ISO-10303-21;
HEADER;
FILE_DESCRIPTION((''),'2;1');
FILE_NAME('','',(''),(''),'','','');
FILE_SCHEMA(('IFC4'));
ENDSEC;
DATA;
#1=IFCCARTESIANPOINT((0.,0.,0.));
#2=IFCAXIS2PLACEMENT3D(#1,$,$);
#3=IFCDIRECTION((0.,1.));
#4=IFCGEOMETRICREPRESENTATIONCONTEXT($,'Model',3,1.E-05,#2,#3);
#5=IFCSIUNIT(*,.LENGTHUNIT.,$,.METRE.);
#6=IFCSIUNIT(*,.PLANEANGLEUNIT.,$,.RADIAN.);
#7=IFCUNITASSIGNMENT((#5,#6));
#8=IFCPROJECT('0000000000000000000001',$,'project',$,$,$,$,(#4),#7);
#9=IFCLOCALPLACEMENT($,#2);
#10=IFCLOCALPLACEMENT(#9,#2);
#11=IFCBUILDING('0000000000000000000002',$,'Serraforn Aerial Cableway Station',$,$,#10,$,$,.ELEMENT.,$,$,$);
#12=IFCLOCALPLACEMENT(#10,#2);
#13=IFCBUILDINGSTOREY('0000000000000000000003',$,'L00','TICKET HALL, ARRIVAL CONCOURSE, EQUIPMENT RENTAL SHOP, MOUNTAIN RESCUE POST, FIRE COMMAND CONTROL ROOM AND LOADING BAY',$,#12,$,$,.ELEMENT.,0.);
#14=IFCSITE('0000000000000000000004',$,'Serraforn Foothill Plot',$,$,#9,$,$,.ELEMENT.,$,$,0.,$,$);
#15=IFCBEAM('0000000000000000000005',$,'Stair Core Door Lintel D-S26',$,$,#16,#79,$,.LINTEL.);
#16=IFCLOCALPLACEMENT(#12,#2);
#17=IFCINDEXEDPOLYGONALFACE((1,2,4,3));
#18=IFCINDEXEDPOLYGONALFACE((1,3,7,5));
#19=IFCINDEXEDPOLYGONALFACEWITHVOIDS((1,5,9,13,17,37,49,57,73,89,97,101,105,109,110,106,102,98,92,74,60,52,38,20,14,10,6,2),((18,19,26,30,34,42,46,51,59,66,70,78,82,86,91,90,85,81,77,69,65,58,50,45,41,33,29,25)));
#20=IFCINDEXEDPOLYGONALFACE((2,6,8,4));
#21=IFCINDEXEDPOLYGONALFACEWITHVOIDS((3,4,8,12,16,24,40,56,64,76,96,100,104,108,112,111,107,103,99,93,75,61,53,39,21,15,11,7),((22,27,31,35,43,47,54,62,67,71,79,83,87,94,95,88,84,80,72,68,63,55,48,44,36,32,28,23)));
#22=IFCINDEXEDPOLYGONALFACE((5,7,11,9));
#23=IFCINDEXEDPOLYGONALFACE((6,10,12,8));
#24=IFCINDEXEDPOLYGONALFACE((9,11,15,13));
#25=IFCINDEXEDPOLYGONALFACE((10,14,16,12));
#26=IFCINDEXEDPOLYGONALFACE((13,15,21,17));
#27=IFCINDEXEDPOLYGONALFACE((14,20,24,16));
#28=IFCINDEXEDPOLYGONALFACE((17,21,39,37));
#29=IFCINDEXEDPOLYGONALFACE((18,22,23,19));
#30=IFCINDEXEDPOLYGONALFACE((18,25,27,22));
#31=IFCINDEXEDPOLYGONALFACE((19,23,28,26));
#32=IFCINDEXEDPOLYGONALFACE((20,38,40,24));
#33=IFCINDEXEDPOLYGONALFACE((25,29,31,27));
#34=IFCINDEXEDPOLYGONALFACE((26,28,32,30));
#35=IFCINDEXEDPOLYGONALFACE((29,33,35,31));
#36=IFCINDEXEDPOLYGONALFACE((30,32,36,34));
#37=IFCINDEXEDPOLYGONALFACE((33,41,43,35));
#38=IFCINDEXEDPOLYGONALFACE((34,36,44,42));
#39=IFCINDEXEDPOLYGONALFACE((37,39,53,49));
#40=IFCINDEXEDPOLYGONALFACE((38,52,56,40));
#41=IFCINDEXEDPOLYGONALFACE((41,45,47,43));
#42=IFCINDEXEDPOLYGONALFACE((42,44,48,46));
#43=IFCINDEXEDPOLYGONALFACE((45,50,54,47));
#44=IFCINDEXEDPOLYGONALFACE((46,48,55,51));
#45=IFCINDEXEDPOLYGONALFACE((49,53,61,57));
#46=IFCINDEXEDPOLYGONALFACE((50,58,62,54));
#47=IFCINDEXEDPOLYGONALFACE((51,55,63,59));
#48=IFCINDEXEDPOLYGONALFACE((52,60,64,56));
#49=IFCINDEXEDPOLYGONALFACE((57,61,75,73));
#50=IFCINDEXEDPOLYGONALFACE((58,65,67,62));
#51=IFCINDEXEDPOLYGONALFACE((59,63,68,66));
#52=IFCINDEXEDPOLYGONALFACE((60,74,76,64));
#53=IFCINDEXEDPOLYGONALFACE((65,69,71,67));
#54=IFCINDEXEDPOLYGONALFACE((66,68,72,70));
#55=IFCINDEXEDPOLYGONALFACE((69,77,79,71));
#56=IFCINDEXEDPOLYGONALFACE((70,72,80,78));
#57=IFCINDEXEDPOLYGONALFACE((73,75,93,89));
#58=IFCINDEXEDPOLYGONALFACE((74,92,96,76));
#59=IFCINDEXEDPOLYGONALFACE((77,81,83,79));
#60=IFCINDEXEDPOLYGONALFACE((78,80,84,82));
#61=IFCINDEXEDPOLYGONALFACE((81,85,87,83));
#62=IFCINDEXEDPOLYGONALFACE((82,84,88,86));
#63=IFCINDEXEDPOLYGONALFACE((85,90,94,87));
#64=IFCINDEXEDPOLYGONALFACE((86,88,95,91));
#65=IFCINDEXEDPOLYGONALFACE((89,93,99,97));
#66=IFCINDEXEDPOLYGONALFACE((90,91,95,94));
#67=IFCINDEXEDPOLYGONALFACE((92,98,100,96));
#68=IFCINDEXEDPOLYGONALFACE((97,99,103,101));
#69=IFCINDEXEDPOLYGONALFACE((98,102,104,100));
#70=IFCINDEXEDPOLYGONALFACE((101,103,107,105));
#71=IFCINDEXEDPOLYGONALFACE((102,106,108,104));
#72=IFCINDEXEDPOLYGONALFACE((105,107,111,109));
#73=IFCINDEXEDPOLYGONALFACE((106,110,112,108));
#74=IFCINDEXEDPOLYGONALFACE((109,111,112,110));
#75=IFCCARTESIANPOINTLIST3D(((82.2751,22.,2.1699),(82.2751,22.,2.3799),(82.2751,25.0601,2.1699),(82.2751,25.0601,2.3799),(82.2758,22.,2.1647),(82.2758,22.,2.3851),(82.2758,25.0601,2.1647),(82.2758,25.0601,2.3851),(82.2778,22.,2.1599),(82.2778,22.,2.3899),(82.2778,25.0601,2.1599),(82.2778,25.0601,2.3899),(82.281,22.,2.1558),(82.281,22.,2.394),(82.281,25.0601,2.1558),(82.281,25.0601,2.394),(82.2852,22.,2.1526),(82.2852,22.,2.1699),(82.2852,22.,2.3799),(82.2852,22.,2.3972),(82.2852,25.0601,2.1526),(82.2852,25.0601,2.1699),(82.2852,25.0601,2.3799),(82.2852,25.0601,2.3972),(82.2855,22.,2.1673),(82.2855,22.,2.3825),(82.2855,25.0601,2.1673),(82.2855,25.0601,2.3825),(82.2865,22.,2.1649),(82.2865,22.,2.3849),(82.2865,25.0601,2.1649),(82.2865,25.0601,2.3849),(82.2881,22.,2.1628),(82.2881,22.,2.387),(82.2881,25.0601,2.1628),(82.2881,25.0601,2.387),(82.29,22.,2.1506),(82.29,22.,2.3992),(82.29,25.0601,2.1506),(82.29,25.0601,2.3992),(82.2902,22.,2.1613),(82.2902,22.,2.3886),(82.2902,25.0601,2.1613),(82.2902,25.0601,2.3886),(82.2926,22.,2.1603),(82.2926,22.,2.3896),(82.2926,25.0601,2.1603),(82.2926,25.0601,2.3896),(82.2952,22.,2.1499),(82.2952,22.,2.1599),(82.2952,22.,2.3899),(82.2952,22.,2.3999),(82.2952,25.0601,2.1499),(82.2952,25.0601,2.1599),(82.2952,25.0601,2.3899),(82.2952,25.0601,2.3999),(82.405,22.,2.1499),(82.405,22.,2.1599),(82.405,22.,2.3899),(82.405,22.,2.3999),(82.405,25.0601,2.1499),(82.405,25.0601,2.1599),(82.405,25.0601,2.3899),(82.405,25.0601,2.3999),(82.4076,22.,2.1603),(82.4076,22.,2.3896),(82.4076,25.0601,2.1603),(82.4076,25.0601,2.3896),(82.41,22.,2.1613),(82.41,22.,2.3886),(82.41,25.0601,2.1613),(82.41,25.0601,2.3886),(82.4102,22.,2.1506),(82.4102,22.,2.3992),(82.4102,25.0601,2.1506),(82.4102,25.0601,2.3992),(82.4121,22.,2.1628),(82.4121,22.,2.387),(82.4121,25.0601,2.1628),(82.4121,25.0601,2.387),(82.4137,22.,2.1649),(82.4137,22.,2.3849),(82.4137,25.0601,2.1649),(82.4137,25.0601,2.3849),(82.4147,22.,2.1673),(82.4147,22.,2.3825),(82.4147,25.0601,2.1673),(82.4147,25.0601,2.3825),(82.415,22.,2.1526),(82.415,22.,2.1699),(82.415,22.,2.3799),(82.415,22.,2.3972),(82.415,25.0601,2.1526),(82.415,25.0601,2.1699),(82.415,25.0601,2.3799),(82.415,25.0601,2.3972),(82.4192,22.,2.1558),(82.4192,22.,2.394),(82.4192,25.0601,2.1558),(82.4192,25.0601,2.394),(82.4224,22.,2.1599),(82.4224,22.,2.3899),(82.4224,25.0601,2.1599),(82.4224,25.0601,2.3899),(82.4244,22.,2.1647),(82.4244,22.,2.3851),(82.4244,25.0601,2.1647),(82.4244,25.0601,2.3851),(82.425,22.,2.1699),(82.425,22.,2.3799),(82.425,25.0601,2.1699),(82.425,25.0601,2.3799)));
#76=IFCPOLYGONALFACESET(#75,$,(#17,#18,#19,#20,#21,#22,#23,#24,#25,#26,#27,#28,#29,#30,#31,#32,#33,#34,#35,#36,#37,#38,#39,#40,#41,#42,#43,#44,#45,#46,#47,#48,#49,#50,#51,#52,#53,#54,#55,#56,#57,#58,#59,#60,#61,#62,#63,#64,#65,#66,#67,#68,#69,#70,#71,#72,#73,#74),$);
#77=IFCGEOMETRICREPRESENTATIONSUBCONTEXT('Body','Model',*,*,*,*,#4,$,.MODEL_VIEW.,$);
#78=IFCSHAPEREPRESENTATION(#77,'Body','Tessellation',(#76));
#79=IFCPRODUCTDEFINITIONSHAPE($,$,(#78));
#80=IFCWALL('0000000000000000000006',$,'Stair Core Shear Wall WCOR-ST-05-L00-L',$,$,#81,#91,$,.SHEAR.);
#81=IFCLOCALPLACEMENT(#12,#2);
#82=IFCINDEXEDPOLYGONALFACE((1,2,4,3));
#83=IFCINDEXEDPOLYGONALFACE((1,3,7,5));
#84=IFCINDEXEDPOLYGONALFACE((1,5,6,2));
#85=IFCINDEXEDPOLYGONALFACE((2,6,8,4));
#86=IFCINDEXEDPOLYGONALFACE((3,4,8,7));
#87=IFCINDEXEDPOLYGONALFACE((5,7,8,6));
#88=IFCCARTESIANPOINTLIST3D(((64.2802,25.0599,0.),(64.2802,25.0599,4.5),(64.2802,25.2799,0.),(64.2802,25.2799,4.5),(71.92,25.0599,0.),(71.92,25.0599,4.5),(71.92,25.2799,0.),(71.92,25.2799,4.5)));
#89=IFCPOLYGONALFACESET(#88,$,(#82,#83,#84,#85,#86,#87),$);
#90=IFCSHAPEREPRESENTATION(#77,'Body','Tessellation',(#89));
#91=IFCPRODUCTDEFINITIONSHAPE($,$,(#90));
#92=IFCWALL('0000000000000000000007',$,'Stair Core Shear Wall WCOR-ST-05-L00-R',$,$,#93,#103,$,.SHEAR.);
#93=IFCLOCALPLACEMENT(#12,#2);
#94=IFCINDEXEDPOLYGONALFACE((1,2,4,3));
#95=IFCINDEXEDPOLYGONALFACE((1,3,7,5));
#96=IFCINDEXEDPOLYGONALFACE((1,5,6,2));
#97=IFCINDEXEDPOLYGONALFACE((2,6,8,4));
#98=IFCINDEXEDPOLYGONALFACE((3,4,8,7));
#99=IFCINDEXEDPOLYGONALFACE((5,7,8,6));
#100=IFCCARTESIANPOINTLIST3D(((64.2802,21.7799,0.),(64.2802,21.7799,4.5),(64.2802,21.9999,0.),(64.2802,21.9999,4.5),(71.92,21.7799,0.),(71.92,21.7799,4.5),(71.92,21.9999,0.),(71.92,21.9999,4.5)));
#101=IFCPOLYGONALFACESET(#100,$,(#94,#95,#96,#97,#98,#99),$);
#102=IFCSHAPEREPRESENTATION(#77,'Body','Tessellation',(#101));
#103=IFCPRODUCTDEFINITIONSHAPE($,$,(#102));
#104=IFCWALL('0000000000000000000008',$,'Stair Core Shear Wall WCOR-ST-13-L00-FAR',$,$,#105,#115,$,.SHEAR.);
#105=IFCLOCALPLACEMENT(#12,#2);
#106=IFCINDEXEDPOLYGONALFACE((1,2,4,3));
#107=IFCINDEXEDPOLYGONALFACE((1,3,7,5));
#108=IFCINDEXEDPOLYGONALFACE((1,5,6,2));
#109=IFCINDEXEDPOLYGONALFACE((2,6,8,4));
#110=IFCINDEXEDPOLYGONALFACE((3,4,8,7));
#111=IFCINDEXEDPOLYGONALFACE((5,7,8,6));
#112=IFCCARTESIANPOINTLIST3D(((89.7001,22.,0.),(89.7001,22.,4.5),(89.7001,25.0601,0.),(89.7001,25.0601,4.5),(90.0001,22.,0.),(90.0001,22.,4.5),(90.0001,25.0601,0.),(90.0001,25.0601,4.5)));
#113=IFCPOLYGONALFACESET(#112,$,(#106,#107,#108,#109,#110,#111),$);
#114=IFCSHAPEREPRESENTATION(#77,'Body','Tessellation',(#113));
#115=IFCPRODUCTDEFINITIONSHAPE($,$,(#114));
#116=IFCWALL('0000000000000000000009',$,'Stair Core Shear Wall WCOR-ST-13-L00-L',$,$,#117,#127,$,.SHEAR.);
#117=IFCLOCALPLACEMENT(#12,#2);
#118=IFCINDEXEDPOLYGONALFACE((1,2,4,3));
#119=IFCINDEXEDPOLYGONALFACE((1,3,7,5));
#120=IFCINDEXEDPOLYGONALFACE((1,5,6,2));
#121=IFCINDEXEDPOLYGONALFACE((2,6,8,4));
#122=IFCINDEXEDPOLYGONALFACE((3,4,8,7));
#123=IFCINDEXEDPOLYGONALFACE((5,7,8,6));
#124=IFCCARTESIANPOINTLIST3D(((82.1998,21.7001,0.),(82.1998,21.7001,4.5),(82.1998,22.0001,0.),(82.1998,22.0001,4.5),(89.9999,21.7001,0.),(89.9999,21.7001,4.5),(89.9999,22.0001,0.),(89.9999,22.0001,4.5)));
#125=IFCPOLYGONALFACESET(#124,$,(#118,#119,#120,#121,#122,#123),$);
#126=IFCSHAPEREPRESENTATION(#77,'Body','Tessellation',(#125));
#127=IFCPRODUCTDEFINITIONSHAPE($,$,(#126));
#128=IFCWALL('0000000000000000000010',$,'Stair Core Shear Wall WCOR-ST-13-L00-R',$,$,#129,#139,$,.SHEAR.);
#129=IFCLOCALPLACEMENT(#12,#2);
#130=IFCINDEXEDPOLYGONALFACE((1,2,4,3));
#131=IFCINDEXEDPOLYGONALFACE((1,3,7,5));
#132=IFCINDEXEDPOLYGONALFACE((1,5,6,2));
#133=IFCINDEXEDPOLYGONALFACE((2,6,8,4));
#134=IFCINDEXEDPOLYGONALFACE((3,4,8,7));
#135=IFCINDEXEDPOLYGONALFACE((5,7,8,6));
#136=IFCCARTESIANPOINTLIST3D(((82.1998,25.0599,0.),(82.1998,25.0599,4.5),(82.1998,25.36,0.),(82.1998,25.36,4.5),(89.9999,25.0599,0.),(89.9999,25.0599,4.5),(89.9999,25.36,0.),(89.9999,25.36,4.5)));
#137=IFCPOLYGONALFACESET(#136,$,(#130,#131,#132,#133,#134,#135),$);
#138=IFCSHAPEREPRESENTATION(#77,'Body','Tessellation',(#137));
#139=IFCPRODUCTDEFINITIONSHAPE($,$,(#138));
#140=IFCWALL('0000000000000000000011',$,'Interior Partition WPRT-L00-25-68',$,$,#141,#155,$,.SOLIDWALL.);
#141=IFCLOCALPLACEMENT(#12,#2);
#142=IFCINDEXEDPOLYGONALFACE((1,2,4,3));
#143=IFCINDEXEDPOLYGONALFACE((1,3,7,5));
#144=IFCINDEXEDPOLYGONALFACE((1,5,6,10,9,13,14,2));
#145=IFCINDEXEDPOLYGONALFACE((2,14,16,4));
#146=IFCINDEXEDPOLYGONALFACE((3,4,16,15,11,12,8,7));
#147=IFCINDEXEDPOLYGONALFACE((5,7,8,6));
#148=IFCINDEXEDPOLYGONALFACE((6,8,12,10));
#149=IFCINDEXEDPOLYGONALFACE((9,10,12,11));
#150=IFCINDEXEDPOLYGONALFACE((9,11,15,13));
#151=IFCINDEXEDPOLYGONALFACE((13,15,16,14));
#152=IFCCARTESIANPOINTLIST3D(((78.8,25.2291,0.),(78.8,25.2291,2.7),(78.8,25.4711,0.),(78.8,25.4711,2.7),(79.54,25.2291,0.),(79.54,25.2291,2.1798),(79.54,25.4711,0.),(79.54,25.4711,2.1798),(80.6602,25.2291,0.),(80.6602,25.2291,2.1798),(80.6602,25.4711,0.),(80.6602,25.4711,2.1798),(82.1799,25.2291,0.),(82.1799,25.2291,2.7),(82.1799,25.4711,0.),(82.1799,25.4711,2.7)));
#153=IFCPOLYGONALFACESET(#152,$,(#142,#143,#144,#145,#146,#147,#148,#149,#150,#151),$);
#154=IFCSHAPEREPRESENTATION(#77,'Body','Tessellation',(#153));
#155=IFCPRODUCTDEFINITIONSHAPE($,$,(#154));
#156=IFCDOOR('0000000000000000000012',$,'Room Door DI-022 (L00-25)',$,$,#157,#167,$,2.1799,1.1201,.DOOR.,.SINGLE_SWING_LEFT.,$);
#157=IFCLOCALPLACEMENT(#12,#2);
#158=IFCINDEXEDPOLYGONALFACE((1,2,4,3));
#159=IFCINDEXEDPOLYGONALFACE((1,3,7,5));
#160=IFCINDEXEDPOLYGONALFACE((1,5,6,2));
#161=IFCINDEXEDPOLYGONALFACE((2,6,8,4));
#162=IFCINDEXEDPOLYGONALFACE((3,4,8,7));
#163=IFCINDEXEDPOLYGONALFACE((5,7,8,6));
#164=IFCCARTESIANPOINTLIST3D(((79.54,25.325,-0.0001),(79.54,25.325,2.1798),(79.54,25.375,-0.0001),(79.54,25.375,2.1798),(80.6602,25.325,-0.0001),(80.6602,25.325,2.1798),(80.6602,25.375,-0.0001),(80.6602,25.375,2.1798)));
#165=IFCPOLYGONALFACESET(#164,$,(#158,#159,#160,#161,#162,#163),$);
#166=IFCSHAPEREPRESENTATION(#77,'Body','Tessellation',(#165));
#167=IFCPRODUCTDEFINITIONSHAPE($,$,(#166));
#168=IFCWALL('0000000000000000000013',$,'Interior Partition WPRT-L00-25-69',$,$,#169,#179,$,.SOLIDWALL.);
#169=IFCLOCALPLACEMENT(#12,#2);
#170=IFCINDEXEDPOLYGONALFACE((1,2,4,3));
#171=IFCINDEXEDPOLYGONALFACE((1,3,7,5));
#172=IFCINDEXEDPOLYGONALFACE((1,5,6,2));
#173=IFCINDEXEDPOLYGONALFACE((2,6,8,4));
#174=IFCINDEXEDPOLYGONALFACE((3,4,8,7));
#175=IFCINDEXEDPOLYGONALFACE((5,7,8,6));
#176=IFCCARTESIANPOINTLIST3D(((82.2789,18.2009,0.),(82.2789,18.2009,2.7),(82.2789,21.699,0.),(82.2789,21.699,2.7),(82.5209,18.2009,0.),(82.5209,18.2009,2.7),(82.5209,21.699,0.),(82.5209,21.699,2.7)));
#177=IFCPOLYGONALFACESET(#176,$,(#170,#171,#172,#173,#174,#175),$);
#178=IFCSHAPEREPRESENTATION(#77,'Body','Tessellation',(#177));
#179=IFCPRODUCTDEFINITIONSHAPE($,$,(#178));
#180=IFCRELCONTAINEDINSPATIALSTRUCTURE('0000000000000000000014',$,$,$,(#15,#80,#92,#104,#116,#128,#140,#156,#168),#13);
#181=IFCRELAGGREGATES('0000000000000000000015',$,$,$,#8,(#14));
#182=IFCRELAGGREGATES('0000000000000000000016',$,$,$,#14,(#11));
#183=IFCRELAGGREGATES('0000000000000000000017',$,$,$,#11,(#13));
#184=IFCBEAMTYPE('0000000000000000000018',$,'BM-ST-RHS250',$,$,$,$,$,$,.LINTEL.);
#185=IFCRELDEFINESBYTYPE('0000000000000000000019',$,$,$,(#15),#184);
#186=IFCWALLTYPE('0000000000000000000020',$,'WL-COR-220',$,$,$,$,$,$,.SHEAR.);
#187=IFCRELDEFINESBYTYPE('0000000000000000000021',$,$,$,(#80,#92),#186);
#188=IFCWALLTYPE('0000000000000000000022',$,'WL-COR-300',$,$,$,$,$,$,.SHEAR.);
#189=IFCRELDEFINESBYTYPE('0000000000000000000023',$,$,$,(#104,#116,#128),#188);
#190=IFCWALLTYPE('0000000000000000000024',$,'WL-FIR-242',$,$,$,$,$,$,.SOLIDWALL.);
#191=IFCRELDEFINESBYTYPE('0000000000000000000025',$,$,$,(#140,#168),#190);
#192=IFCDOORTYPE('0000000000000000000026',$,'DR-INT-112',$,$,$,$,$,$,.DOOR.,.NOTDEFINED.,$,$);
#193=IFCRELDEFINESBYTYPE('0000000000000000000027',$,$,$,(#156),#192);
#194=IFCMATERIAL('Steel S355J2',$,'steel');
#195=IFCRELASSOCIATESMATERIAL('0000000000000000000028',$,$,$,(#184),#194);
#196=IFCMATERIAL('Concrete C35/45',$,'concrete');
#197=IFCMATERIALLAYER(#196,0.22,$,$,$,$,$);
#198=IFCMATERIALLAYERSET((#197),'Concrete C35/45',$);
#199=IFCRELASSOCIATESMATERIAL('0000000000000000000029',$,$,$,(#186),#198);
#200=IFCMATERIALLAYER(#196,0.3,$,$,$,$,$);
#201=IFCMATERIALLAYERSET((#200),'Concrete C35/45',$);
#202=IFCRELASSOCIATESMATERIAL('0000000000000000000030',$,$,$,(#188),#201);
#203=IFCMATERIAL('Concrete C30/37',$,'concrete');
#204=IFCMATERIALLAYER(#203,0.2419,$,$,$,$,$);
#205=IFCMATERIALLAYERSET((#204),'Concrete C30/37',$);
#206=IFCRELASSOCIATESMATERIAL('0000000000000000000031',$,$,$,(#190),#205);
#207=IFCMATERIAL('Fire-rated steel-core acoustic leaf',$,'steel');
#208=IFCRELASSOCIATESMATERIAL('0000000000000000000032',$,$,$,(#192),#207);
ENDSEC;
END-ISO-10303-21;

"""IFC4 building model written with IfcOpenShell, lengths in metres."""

from ifc_helpers import new_model, si_unit, direction, frame, frame_2d, origin, origin_2d, place, context, subcontext, project, spatial, rectangle, hollow_rectangle, extrude, material, layer, layer_set, material_profile, profile_set, type_object, element, fill, save


model = new_model("IFC4")

# Units and contexts
model_context = context("Model", 3, precision=1e-05, world=origin(), true_north=direction((0.0, 1.0)))
body_context = subcontext(model_context, "Body", "Model", "MODEL_VIEW")
ifc_project = project(units=[si_unit("LENGTHUNIT", "METRE"), si_unit("PLANEANGLEUNIT", "RADIAN")], contexts=[model_context])

# Site, building, storey
site_placement = place(None, origin())
site = spatial("IfcSite", under=ifc_project, at=site_placement, Name="Serraforn Foothill Plot", CompositionType="ELEMENT", RefElevation=0.0)
building_placement = place(site_placement, origin())
building = spatial("IfcBuilding", under=site, at=building_placement, Name="Serraforn Aerial Cableway Station", CompositionType="ELEMENT")
storey_placement = place(building_placement, origin())
storey = spatial("IfcBuildingStorey", under=building, at=storey_placement, Name="L00", Description="TICKET HALL, ARRIVAL CONCOURSE, EQUIPMENT RENTAL SHOP, MOUNTAIN RESCUE POST, FIRE COMMAND CONTROL ROOM AND LOADING BAY", CompositionType="ELEMENT", Elevation=0.0)

# Beam
ifc_material_1 = material(Name="Concrete C35/45", Category="concrete")
ifc_material_2 = material(Name="Steel S355J2", Category="steel")
ifc_material_profile_1 = material_profile(ifc_material_2, hollow_rectangle(XDim=0.1499, YDim=0.25, WallThickness=0.01, InnerFilletRadius=0.01, OuterFilletRadius=0.02, at=origin_2d()), Name="RHS 250x150x10.0")
ifc_profile_set_1 = profile_set([ifc_material_profile_1], Name="Steel S355J2")
beam_type_1 = type_object("IfcBeamType", Name="BM-ST-RHS250", PredefinedType="LINTEL", material=ifc_profile_set_1)
beam_1_placement = place(storey_placement, frame((82.3501, 22.0, 2.2749), z_axis=(0.0, 1.0, 0.0), x_axis=(-1.0, 0.0, 0.0)))
element("IfcBeam", 1, at=beam_1_placement, inside=storey, type_object=beam_type_1, Name="Stair Core Door Lintel D-S26", PredefinedType="LINTEL", context=body_context, shape_type="SweptSolid", body=[
    extrude(hollow_rectangle(XDim=0.1499, YDim=0.25, WallThickness=0.01, InnerFilletRadius=0.01, OuterFilletRadius=0.02, at=origin_2d()), origin(), (0.0, 0.0, 1.0), 3.0601),
])

# Shared definitions
ifc_layer_1 = layer(ifc_material_1, 0.22)
ifc_layer_set_1 = layer_set([ifc_layer_1], Name="Concrete C35/45")
wall_type_1 = type_object("IfcWallType", Name="WL-COR-220", PredefinedType="SHEAR", material=ifc_layer_set_1)

# Walls
for number, where, z_axis, x_axis, name in (
    (2, (71.9199, 25.1699, 0.0), (0.0, 0.0, 1.0), (-1.0, 0.0, 0.0), "Stair Core Shear Wall WCOR-ST-05-L00-L"),
    (3, (71.9199, 21.8899, 0.0), (0.0, 0.0, 1.0), (-1.0, 0.0, 0.0), "Stair Core Shear Wall WCOR-ST-05-L00-R"),
):
    element("IfcWall", number, at=place(storey_placement, frame(where, z_axis=z_axis, x_axis=x_axis)), inside=storey, type_object=wall_type_1, Name=name, PredefinedType="SHEAR", context=body_context, shape_type="SweptSolid", body=[
        extrude(rectangle(XDim=7.6399, YDim=0.22, at=frame_2d((3.8198, 0.0))), origin(), (0.0, 0.0, 1.0), 4.5),
    ])

# Shared definitions
ifc_layer_2 = layer(ifc_material_1, 0.3)
ifc_layer_set_2 = layer_set([ifc_layer_2], Name="Concrete C35/45")
wall_type_2 = type_object("IfcWallType", Name="WL-COR-300", PredefinedType="SHEAR", material=ifc_layer_set_2)

# Walls
wall_1_placement = place(storey_placement, frame((89.8501, 22.0, 0.0), z_axis=(0.0, 0.0, 1.0), x_axis=(0.0, 1.0, 0.0)))
element("IfcWall", 4, at=wall_1_placement, inside=storey, type_object=wall_type_2, Name="Stair Core Shear Wall WCOR-ST-13-L00-FAR", PredefinedType="SHEAR", context=body_context, shape_type="SweptSolid", body=[
    extrude(rectangle(XDim=3.0601, YDim=0.3, at=frame_2d((1.53, 0.0))), origin(), (0.0, 0.0, 1.0), 4.5),
])
for number, where, z_axis, x_axis, name in (
    (5, (82.2, 21.8501, 0.0), (0.0, 0.0, 1.0), (1.0, 0.0, 0.0), "Stair Core Shear Wall WCOR-ST-13-L00-L"),
    (6, (82.2, 25.21, 0.0), (0.0, 0.0, 1.0), (1.0, 0.0, 0.0), "Stair Core Shear Wall WCOR-ST-13-L00-R"),
):
    element("IfcWall", number, at=place(storey_placement, frame(where, z_axis=z_axis, x_axis=x_axis)), inside=storey, type_object=wall_type_2, Name=name, PredefinedType="SHEAR", context=body_context, shape_type="SweptSolid", body=[
        extrude(rectangle(XDim=7.8, YDim=0.3, at=frame_2d((3.8999, 0.0))), origin(), (0.0, 0.0, 1.0), 4.5),
    ])

# Wall, opening, door
ifc_material_3 = material(Name="Concrete C30/37", Category="concrete")
ifc_layer_3 = layer(ifc_material_3, 0.2419)
ifc_layer_set_3 = layer_set([ifc_layer_3], Name="Concrete C30/37")
wall_type_3 = type_object("IfcWallType", Name="WL-FIR-242", PredefinedType="SOLIDWALL", material=ifc_layer_set_3)
wall_2_placement = place(storey_placement, frame((78.8, 25.3501, 0.0), z_axis=(0.0, 0.0, 1.0), x_axis=(1.0, 0.0, 0.0)))
wall_2 = element("IfcWall", 7, at=wall_2_placement, inside=storey, type_object=wall_type_3, Name="Interior Partition WPRT-L00-25-68", PredefinedType="SOLIDWALL", context=body_context, shape_type="SweptSolid", body=[
    extrude(rectangle(XDim=3.3799, YDim=0.2419, at=frame_2d((1.6899, 0.0))), origin(), (0.0, 0.0, 1.0), 2.7),
])
opening_1_placement = place(wall_2_placement, frame((0.74, 0.0, 0.0)))
opening_1 = element("IfcOpeningElement", 8, at=opening_1_placement, cuts=wall_2, PredefinedType="OPENING", context=body_context, shape_type="SweptSolid", body=[
    extrude(rectangle(XDim=1.1201, YDim=2.1799, at=frame_2d((0.5601, 1.0898))), frame((0.0, 0.1309, 0.0), z_axis=(0.0, -1.0, 0.0), x_axis=(1.0, 0.0, 0.0)), (0.0, 0.0, 1.0), 0.262),
])
ifc_material_4 = material(Name="Fire-rated steel-core acoustic leaf", Category="steel")
door_type_1 = type_object("IfcDoorType", Name="DR-INT-112", OperationType="NOTDEFINED", PredefinedType="DOOR", material=ifc_material_4)
door_1_placement = place(opening_1_placement, origin())
door_1 = element("IfcDoor", 9, at=door_1_placement, inside=storey, type_object=door_type_1, Name="Room Door DI-022 (L00-25)", OperationType="SINGLE_SWING_LEFT", OverallHeight=2.1799, OverallWidth=1.1201, PredefinedType="DOOR", context=body_context, shape_type="SweptSolid", body=[
    extrude(rectangle(XDim=1.1201, YDim=2.1799, at=frame_2d((0.5601, 1.0898))), frame((0.0, 0.0249, 0.0), z_axis=(0.0, -1.0, 0.0), x_axis=(1.0, 0.0, 0.0)), (0.0, 0.0, 1.0), 0.05),
])
fill(opening_1, door_1)

# Wall
wall_3_placement = place(storey_placement, frame((82.3999, 21.699, 0.0), z_axis=(0.0, 0.0, 1.0), x_axis=(0.0, -1.0, 0.0)))
element("IfcWall", 10, at=wall_3_placement, inside=storey, type_object=wall_type_3, Name="Interior Partition WPRT-L00-25-69", PredefinedType="SOLIDWALL", context=body_context, shape_type="SweptSolid", body=[
    extrude(rectangle(XDim=3.498, YDim=0.2419, at=frame_2d((1.749, 0.0))), origin(), (0.0, 0.0, 1.0), 2.7),
])

save(model, "model.ifc")
